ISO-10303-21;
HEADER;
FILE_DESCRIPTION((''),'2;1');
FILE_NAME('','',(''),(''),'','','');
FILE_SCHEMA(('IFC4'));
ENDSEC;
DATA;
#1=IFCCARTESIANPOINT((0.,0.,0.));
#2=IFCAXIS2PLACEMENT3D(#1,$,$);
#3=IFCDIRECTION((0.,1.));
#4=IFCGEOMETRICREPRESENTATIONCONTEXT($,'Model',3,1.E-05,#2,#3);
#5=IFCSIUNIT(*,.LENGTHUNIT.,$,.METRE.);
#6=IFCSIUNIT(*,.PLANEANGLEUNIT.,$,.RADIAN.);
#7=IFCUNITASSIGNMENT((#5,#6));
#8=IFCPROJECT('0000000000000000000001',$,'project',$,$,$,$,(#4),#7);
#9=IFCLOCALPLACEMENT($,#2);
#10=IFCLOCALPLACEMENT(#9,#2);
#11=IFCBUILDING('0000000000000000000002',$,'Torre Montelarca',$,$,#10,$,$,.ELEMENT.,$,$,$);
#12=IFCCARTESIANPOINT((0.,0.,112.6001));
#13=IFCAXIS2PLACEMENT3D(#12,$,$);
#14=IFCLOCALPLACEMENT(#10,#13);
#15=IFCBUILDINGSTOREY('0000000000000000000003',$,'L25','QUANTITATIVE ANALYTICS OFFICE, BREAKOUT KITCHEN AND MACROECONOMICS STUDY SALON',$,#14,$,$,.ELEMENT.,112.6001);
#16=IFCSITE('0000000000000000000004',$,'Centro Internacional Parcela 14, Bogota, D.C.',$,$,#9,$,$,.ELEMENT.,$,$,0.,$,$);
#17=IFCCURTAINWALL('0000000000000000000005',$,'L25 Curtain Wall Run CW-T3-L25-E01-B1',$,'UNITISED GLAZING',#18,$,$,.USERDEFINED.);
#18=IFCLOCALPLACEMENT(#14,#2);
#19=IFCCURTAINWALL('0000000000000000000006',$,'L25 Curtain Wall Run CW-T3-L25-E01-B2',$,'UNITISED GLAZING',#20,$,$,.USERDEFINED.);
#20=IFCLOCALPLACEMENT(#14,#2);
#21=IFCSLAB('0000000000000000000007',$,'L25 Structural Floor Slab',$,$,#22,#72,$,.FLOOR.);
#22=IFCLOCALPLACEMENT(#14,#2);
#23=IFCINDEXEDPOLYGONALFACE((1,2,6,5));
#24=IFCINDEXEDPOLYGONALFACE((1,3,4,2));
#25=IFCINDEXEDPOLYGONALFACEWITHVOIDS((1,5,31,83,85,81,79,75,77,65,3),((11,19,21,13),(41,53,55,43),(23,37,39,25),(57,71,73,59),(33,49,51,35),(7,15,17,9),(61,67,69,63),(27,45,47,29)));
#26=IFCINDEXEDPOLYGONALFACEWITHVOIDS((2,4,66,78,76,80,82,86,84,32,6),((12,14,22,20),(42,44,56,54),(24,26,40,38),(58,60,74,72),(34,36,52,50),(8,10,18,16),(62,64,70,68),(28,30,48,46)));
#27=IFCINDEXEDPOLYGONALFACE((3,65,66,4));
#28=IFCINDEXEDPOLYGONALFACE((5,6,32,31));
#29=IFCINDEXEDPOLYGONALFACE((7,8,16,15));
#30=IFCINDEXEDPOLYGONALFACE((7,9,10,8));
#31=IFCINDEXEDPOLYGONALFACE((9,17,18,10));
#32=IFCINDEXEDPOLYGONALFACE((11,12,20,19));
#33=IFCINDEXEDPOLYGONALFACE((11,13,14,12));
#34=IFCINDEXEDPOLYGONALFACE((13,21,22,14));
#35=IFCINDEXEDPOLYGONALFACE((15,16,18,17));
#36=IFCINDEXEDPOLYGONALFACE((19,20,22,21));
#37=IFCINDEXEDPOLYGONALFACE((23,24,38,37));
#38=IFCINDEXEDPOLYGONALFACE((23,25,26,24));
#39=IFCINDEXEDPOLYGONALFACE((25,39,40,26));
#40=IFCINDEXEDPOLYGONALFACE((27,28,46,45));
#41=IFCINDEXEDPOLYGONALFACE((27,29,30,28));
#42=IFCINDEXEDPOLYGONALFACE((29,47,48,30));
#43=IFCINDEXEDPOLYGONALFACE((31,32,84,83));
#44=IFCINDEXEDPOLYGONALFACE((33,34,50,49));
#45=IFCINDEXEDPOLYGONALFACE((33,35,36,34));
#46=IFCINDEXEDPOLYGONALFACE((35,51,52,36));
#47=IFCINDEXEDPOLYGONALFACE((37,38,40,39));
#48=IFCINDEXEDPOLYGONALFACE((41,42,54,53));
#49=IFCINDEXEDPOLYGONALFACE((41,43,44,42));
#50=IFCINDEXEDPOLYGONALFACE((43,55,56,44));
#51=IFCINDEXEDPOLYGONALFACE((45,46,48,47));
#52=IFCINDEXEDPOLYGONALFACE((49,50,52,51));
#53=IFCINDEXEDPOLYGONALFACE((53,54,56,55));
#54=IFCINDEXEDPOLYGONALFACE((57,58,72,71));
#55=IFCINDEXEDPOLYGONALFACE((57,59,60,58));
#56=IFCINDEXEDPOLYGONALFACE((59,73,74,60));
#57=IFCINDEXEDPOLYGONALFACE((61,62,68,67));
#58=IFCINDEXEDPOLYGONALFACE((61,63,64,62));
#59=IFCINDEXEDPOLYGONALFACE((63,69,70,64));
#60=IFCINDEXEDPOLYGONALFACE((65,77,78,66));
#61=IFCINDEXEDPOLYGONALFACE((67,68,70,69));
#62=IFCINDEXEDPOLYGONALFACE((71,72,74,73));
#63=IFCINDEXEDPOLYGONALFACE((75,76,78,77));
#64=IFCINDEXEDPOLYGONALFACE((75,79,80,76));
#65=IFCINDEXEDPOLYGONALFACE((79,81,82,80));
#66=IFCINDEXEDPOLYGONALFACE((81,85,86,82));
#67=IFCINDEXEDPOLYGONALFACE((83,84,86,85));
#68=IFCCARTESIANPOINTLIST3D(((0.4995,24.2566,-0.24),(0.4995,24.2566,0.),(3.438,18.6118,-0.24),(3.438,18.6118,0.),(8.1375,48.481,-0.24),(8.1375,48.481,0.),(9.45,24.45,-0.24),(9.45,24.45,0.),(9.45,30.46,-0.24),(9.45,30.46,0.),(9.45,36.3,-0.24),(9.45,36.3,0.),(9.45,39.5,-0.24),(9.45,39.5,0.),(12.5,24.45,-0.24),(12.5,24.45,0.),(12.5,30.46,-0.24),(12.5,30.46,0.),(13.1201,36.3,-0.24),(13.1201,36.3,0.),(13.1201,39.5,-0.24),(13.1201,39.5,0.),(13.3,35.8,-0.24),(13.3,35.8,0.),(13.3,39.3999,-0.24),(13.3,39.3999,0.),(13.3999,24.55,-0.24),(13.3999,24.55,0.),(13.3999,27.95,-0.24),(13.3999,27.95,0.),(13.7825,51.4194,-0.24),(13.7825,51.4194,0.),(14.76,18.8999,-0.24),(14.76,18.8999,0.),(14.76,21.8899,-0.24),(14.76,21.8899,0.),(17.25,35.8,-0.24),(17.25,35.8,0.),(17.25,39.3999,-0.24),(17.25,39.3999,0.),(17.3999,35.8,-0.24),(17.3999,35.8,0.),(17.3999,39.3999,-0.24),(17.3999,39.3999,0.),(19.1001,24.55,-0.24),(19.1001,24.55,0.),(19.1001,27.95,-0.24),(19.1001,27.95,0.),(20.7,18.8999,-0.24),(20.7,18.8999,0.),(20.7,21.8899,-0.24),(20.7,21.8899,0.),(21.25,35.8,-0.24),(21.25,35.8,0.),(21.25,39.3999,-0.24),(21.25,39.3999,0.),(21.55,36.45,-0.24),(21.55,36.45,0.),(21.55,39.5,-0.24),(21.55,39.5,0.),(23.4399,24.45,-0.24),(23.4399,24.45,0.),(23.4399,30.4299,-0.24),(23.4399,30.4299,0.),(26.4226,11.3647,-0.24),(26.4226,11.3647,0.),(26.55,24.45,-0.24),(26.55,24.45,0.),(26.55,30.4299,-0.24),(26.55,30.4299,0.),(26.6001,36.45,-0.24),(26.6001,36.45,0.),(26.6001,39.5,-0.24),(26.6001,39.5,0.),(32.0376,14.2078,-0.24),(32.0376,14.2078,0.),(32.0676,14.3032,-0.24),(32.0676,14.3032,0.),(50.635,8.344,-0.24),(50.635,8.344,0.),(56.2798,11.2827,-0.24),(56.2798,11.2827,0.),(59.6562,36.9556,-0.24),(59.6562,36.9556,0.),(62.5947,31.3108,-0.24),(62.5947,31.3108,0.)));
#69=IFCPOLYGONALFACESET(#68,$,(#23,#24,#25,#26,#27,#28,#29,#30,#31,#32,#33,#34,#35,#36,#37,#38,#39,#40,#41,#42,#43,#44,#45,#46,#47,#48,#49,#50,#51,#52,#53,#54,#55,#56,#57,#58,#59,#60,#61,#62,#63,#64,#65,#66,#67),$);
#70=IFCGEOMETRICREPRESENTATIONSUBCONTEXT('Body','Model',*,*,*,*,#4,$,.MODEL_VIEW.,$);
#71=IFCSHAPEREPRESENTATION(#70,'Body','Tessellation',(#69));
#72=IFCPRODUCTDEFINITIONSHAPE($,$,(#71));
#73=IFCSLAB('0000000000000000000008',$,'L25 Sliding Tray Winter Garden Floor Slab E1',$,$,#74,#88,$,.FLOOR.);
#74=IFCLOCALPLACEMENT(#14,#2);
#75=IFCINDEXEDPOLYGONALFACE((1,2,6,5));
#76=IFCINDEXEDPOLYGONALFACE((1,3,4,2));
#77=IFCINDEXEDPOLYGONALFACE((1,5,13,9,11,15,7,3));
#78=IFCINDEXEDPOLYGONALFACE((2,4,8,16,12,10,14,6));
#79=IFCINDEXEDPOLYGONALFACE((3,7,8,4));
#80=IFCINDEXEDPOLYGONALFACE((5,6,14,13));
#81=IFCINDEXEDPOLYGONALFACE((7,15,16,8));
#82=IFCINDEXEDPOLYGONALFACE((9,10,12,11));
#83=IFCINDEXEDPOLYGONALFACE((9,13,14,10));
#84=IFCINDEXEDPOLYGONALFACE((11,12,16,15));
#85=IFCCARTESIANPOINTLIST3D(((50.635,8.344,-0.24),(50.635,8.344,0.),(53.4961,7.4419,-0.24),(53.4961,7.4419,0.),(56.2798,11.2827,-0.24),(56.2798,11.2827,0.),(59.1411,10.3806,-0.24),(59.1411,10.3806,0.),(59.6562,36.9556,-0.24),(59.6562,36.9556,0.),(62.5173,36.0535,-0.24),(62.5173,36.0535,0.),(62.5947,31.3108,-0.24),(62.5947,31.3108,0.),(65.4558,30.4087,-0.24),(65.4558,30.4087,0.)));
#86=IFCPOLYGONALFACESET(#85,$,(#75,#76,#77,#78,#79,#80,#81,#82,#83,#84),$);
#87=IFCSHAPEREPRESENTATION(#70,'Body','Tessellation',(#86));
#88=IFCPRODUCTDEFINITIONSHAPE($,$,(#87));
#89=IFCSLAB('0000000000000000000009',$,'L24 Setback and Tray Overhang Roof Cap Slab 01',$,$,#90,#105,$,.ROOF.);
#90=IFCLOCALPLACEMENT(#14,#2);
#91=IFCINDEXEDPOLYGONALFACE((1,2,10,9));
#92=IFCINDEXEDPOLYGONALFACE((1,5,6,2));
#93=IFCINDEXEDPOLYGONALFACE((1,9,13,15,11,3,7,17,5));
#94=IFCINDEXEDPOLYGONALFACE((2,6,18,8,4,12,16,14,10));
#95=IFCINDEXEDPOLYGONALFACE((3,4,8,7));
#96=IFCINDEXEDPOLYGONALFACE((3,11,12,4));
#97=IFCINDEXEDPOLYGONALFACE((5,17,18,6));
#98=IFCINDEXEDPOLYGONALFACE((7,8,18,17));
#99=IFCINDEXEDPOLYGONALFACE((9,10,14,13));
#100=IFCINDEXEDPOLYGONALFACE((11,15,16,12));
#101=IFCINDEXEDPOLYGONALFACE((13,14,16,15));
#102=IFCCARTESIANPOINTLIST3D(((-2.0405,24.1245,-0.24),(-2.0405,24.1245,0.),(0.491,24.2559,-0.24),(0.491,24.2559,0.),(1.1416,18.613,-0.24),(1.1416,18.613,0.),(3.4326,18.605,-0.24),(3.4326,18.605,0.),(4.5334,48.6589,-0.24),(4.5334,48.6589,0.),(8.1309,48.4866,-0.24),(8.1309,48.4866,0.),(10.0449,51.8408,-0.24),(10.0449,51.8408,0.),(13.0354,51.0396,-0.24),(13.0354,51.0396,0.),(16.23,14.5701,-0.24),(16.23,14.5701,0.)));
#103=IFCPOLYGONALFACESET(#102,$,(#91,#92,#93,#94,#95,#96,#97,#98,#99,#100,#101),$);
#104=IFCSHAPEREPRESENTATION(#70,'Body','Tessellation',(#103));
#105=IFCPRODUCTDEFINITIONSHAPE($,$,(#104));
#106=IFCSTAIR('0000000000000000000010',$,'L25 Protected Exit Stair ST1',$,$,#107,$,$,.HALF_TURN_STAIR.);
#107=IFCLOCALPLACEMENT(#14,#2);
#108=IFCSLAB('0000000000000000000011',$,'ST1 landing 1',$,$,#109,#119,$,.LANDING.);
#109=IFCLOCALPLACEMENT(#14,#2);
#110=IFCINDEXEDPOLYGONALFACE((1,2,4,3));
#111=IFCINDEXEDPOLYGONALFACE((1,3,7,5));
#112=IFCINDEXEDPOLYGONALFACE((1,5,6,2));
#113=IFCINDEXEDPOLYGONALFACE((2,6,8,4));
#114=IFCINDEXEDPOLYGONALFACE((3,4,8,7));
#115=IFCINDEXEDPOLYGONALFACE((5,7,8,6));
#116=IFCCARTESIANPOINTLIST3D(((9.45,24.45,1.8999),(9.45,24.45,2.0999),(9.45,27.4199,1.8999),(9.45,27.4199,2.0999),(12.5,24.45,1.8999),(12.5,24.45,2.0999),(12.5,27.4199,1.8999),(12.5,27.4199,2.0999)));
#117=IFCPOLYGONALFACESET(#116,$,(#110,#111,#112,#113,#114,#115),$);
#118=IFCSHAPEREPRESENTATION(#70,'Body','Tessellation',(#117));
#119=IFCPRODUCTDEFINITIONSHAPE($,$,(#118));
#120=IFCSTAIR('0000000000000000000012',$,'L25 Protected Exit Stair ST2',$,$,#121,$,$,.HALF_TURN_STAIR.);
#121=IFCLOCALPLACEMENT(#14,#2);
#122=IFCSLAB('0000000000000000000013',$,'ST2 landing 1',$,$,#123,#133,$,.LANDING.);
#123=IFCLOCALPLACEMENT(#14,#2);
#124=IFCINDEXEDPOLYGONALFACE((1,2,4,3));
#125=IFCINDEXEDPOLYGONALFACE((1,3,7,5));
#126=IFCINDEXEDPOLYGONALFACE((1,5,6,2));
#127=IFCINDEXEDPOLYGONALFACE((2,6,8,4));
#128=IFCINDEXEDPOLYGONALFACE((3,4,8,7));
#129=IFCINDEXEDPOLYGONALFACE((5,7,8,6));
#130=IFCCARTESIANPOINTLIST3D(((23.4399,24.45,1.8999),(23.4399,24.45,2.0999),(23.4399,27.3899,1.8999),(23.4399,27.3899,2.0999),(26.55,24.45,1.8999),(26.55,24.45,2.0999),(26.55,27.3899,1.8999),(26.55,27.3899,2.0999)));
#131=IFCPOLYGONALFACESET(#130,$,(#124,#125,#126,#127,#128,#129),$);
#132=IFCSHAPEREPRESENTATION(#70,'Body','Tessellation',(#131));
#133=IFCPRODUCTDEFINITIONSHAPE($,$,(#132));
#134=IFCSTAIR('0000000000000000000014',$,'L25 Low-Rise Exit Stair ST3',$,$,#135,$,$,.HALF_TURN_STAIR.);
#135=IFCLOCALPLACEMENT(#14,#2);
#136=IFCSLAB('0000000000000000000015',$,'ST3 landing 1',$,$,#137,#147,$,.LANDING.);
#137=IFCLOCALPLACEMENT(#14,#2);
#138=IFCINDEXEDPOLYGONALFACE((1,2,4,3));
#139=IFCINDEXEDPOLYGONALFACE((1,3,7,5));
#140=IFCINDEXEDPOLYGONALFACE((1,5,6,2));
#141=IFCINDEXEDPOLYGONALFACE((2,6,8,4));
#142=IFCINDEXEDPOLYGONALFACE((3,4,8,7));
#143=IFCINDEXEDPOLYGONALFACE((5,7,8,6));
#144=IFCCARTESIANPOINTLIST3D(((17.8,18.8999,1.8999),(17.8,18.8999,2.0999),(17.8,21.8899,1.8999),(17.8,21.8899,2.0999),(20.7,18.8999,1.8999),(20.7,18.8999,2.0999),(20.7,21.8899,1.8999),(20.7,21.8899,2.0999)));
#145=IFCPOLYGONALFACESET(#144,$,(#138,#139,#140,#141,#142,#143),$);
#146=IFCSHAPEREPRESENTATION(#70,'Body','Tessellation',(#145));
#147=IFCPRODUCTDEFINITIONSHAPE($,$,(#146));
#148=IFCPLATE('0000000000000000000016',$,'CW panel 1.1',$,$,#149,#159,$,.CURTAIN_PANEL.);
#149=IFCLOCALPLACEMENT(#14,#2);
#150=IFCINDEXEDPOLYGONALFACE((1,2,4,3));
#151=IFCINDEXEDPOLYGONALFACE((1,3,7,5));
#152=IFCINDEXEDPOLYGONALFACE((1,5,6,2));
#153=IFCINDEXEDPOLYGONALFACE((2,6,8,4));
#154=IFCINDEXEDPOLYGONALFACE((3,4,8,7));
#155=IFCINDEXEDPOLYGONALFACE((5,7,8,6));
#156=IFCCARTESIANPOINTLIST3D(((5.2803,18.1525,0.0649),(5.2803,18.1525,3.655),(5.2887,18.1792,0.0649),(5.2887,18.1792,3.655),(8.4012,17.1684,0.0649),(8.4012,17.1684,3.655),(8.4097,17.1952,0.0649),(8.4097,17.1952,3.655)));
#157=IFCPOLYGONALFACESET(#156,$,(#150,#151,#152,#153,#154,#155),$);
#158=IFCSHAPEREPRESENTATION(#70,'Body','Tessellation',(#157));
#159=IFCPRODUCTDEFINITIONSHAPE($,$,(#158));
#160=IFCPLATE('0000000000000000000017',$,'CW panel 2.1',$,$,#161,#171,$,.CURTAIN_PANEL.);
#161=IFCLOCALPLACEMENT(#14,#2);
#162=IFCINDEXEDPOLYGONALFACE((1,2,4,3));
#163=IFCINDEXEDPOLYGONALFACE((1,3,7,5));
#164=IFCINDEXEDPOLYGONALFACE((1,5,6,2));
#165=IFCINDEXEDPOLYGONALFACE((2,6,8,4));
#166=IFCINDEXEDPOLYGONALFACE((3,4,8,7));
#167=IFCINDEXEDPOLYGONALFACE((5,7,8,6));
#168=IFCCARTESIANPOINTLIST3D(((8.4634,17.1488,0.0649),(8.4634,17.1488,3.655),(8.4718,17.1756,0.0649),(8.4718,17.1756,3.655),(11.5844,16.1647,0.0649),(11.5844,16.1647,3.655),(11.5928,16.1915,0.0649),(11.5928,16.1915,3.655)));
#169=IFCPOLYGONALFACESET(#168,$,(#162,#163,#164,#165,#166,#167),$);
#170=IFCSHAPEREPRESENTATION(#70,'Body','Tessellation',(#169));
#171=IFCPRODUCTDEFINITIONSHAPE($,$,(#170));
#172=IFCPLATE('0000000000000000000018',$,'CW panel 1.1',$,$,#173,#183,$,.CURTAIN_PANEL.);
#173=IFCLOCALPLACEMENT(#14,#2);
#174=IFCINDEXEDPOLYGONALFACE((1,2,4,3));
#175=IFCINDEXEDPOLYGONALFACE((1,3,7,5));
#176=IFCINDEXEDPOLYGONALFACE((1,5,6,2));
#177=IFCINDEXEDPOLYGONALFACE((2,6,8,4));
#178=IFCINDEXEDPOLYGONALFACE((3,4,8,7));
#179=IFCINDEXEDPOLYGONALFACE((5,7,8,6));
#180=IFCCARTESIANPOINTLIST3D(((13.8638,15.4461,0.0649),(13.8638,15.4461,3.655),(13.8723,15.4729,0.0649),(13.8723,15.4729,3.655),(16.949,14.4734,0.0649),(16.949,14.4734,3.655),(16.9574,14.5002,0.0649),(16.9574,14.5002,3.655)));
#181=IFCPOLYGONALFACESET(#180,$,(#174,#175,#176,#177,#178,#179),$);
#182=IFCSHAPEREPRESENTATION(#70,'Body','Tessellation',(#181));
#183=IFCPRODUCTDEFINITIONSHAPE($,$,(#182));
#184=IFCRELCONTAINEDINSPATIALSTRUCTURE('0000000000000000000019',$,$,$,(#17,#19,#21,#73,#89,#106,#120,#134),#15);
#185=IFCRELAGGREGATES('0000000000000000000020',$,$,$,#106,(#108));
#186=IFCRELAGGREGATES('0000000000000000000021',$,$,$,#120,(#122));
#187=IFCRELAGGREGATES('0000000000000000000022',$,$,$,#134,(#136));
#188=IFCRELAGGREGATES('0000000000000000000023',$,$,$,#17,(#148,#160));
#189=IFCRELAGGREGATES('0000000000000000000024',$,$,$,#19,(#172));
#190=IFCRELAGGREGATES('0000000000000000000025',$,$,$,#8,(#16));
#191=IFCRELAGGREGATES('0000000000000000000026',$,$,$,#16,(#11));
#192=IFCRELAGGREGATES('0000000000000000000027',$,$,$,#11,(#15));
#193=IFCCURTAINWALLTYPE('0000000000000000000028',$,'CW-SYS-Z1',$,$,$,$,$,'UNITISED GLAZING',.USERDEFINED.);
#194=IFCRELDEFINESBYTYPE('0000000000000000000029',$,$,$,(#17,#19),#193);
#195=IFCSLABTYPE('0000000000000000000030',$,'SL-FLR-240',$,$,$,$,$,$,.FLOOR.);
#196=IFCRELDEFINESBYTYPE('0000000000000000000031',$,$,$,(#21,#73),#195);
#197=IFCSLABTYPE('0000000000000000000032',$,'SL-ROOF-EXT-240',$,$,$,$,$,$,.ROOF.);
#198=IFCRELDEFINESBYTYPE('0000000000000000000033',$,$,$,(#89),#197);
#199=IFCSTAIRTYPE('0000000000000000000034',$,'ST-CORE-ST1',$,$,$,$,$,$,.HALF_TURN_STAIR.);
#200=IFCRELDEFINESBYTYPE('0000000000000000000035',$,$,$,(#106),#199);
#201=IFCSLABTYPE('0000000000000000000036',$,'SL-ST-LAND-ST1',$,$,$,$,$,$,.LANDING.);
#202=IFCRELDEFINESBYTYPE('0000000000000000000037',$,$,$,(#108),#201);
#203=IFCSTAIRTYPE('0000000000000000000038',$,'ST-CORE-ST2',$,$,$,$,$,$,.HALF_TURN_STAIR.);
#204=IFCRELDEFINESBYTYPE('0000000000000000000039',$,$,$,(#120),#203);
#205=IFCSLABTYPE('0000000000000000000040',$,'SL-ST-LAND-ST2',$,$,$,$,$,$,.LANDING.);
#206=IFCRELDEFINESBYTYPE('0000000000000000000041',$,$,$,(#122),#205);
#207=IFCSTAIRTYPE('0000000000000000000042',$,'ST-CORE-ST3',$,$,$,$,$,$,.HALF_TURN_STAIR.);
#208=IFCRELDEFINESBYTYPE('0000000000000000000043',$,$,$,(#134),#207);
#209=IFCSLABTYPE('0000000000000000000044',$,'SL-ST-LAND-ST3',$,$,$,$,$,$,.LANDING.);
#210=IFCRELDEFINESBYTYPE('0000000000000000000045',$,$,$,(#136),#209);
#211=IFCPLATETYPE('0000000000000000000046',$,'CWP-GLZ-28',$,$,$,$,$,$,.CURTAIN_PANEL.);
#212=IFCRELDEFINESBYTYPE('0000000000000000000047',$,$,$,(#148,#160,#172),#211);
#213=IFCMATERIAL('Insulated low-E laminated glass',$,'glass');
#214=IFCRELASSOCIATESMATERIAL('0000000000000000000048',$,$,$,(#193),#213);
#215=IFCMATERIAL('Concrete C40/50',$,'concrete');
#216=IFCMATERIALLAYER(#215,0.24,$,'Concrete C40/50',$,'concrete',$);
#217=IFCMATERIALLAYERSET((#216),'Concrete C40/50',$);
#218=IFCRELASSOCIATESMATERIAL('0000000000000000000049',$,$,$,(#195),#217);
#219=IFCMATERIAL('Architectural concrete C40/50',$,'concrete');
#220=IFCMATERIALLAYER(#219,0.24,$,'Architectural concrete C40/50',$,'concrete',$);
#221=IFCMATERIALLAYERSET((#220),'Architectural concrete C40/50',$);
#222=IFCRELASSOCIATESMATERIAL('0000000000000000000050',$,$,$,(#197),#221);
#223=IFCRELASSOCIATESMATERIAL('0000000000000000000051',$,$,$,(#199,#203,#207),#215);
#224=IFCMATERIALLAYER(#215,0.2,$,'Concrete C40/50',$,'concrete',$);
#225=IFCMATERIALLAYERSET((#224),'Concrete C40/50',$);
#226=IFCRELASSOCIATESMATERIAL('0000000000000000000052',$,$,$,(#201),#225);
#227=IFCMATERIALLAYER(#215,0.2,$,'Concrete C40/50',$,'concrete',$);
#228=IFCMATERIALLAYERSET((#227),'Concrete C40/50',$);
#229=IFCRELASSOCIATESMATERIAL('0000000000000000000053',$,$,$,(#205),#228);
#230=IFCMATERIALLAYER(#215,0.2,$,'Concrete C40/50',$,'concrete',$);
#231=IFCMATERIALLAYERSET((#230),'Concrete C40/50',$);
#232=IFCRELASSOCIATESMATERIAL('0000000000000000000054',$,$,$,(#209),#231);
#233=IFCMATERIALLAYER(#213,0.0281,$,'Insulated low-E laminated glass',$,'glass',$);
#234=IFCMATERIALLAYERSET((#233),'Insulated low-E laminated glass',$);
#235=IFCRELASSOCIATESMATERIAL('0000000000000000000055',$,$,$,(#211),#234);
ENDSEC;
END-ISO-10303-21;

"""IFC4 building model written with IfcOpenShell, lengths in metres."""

from ifc_helpers import new_model, si_unit, direction, frame, origin, origin_2d, place, context, subcontext, project, spatial, polyline, rectangle, outline, extrude, source, transform, mapped, material, layer, layer_set, type_object, element, aggregate, save


model = new_model("IFC4")

# Units and contexts
model_context = context("Model", 3, precision=1e-05, world=origin(), true_north=direction((0.0, 1.0)))
body_context = subcontext(model_context, "Body", "Model", "MODEL_VIEW")
ifc_project = project(units=[si_unit("LENGTHUNIT", "METRE"), si_unit("PLANEANGLEUNIT", "RADIAN")], contexts=[model_context])

# Site, building, storey
site_placement = place(None, origin())
site = spatial("IfcSite", under=ifc_project, at=site_placement, Name="Centro Internacional Parcela 14, Bogota, D.C.", CompositionType="ELEMENT", RefElevation=0.0)
building_placement = place(site_placement, origin())
building = spatial("IfcBuilding", under=site, at=building_placement, Name="Torre Montelarca", CompositionType="ELEMENT")
storey_placement = place(building_placement, frame((0.0, 0.0, 112.6001)))
storey = spatial("IfcBuildingStorey", under=building, at=storey_placement, Name="L25", Description="QUANTITATIVE ANALYTICS OFFICE, BREAKOUT KITCHEN AND MACROECONOMICS STUDY SALON", CompositionType="ELEMENT", Elevation=112.6001)

# Curtain walls
ifc_material_1 = material(Name="Insulated low-E laminated glass", Category="glass")
curtain_wall_type = type_object("IfcCurtainWallType", Name="CW-SYS-Z1", ElementType="UNITISED GLAZING", PredefinedType="USERDEFINED", material=ifc_material_1)
curtain_wall_1_placement = place(storey_placement, origin())
curtain_wall_1 = element("IfcCurtainWall", 1, at=curtain_wall_1_placement, inside=storey, type_object=curtain_wall_type, Name="L25 Curtain Wall Run CW-T3-L25-E01-B1", ObjectType="UNITISED GLAZING", PredefinedType="USERDEFINED")
curtain_wall_2_placement = place(storey_placement, origin())
curtain_wall_2 = element("IfcCurtainWall", 2, at=curtain_wall_2_placement, inside=storey, type_object=curtain_wall_type, Name="L25 Curtain Wall Run CW-T3-L25-E01-B2", ObjectType="UNITISED GLAZING", PredefinedType="USERDEFINED")

# Slabs
ifc_material_2 = material(Name="Concrete C40/50", Category="concrete")
ifc_layer_1 = layer(ifc_material_2, 0.24, Name="Concrete C40/50", Category="concrete")
ifc_layer_set_1 = layer_set([ifc_layer_1], Name="Concrete C40/50")
slab_type_1 = type_object("IfcSlabType", Name="SL-FLR-240", PredefinedType="FLOOR", material=ifc_layer_set_1)
slab_1_placement = place(storey_placement, frame((0.0, 0.0, -0.24)))
element("IfcSlab", 3, at=slab_1_placement, inside=storey, type_object=slab_type_1, Name="L25 Structural Floor Slab", PredefinedType="FLOOR", context=body_context, shape_type="SweptSolid", body=[
    extrude(outline(polyline([(26.4226, 11.3647), (32.0676, 14.3032), (32.0376, 14.2078), (50.635, 8.344), (56.2798, 11.2827), (62.5947, 31.3108), (59.6562, 36.9556), (13.7825, 51.4194), (8.1375, 48.481), (0.4995, 24.2566), (3.438, 18.6118), (26.4226, 11.3647)]), holes=[polyline([(20.7, 18.8999), (14.76, 18.8999), (14.76, 21.8899), (20.7, 21.8899), (20.7, 18.8999)]), polyline([(19.1001, 24.55), (13.3999, 24.55), (13.3999, 27.95), (19.1001, 27.95), (19.1001, 24.55)]), polyline([(23.4399, 24.45), (23.4399, 30.4299), (26.55, 30.4299), (26.55, 24.45), (23.4399, 24.45)]), polyline([(9.45, 24.45), (9.45, 30.46), (12.5, 30.46), (12.5, 24.45), (9.45, 24.45)]), polyline([(17.25, 35.8), (13.3, 35.8), (13.3, 39.3999), (17.25, 39.3999), (17.25, 35.8)]), polyline([(21.25, 35.8), (17.3999, 35.8), (17.3999, 39.3999), (21.25, 39.3999), (21.25, 35.8)]), polyline([(13.1201, 36.3), (9.45, 36.3), (9.45, 39.5), (13.1201, 39.5), (13.1201, 36.3)]), polyline([(26.6001, 36.45), (21.55, 36.45), (21.55, 39.5), (26.6001, 39.5), (26.6001, 36.45)])]), origin(), (0.0, 0.0, 1.0), 0.24),
])
slab_2_placement = place(storey_placement, frame((0.0, 0.0, -0.24)))
element("IfcSlab", 4, at=slab_2_placement, inside=storey, type_object=slab_type_1, Name="L25 Sliding Tray Winter Garden Floor Slab E1", PredefinedType="FLOOR", context=body_context, shape_type="SweptSolid", body=[
    extrude(outline(polyline([(59.6562, 36.9556), (62.5947, 31.3108), (56.2798, 11.2827), (50.635, 8.344), (53.4961, 7.4419), (59.1411, 10.3806), (65.4558, 30.4087), (62.5173, 36.0535), (59.6562, 36.9556)])), origin(), (0.0, 0.0, 1.0), 0.24),
])
ifc_material_3 = material(Name="Architectural concrete C40/50", Category="concrete")
ifc_layer_2 = layer(ifc_material_3, 0.24, Name="Architectural concrete C40/50", Category="concrete")
ifc_layer_set_2 = layer_set([ifc_layer_2], Name="Architectural concrete C40/50")
slab_type_2 = type_object("IfcSlabType", Name="SL-ROOF-EXT-240", PredefinedType="ROOF", material=ifc_layer_set_2)
slab_3_placement = place(storey_placement, frame((0.0, 0.0, -0.24)))
element("IfcSlab", 5, at=slab_3_placement, inside=storey, type_object=slab_type_2, Name="L24 Setback and Tray Overhang Roof Cap Slab 01", PredefinedType="ROOF", context=body_context, shape_type="SweptSolid", body=[
    extrude(outline(polyline([(3.4326, 18.605), (0.491, 24.2559), (8.1309, 48.4866), (13.0354, 51.0396), (10.0449, 51.8408), (4.5334, 48.6589), (-2.0405, 24.1245), (1.1416, 18.613), (16.23, 14.5701), (3.4326, 18.605)])), origin(), (0.0, 0.0, 1.0), 0.24),
])

# Stairs, slabs
stair_type_1 = type_object("IfcStairType", Name="ST-CORE-ST1", PredefinedType="HALF_TURN_STAIR", material=ifc_material_2)
stair_1_placement = place(storey_placement, origin())
stair_1 = element("IfcStair", 6, at=stair_1_placement, inside=storey, type_object=stair_type_1, Name="L25 Protected Exit Stair ST1", PredefinedType="HALF_TURN_STAIR")
ifc_layer_3 = layer(ifc_material_2, 0.2, Name="Concrete C40/50", Category="concrete")
ifc_layer_set_3 = layer_set([ifc_layer_3], Name="Concrete C40/50")
slab_type_3 = type_object("IfcSlabType", Name="SL-ST-LAND-ST1", PredefinedType="LANDING", material=ifc_layer_set_3)
slab_4_placement = place(storey_placement, frame((0.0, 0.0, 1.8999)))
slab_4 = element("IfcSlab", 7, at=slab_4_placement, type_object=slab_type_3, Name="ST1 landing 1", PredefinedType="LANDING", context=body_context, shape_type="SweptSolid", body=[
    extrude(outline(polyline([(9.45, 27.4199), (9.45, 24.45), (12.5, 24.45), (12.5, 27.4199), (9.45, 27.4199)])), origin(), (0.0, 0.0, 1.0), 0.2),
])
aggregate(stair_1, [slab_4])
stair_type_2 = type_object("IfcStairType", Name="ST-CORE-ST2", PredefinedType="HALF_TURN_STAIR", material=ifc_material_2)
stair_2_placement = place(storey_placement, origin())
stair_2 = element("IfcStair", 8, at=stair_2_placement, inside=storey, type_object=stair_type_2, Name="L25 Protected Exit Stair ST2", PredefinedType="HALF_TURN_STAIR")
ifc_layer_4 = layer(ifc_material_2, 0.2, Name="Concrete C40/50", Category="concrete")
ifc_layer_set_4 = layer_set([ifc_layer_4], Name="Concrete C40/50")
slab_type_4 = type_object("IfcSlabType", Name="SL-ST-LAND-ST2", PredefinedType="LANDING", material=ifc_layer_set_4)
slab_5_placement = place(storey_placement, frame((0.0, 0.0, 1.8999)))
slab_5 = element("IfcSlab", 9, at=slab_5_placement, type_object=slab_type_4, Name="ST2 landing 1", PredefinedType="LANDING", context=body_context, shape_type="SweptSolid", body=[
    extrude(outline(polyline([(23.4399, 27.3899), (23.4399, 24.45), (26.55, 24.45), (26.55, 27.3899), (23.4399, 27.3899)])), origin(), (0.0, 0.0, 1.0), 0.2),
])
aggregate(stair_2, [slab_5])
stair_type_3 = type_object("IfcStairType", Name="ST-CORE-ST3", PredefinedType="HALF_TURN_STAIR", material=ifc_material_2)
stair_3_placement = place(storey_placement, origin())
stair_3 = element("IfcStair", 10, at=stair_3_placement, inside=storey, type_object=stair_type_3, Name="L25 Low-Rise Exit Stair ST3", PredefinedType="HALF_TURN_STAIR")
ifc_layer_5 = layer(ifc_material_2, 0.2, Name="Concrete C40/50", Category="concrete")
ifc_layer_set_5 = layer_set([ifc_layer_5], Name="Concrete C40/50")
slab_type_5 = type_object("IfcSlabType", Name="SL-ST-LAND-ST3", PredefinedType="LANDING", material=ifc_layer_set_5)
slab_6_placement = place(storey_placement, frame((0.0, 0.0, 1.8999)))
slab_6 = element("IfcSlab", 11, at=slab_6_placement, type_object=slab_type_5, Name="ST3 landing 1", PredefinedType="LANDING", context=body_context, shape_type="SweptSolid", body=[
    extrude(outline(polyline([(17.8, 18.8999), (20.7, 18.8999), (20.7, 21.8899), (17.8, 21.8899), (17.8, 18.8999)])), origin(), (0.0, 0.0, 1.0), 0.2),
])
aggregate(stair_3, [slab_6])

# Plates
ifc_layer_6 = layer(ifc_material_1, 0.0281, Name="Insulated low-E laminated glass", Category="glass")
ifc_layer_set_6 = layer_set([ifc_layer_6], Name="Insulated low-E laminated glass")
plate_type = type_object("IfcPlateType", Name="CWP-GLZ-28", PredefinedType="CURTAIN_PANEL", material=ifc_layer_set_6)
shared_shape_1 = source(origin(), body_context, "Body", "SweptSolid", [
    extrude(rectangle(XDim=3.2725, YDim=0.0281, at=origin_2d()), origin(), (0.0, 0.0, 1.0), 3.5901),
])
plate_1_placement = place(storey_placement, frame((6.845, 17.6738, 0.0649), z_axis=(0.0, 0.0, 1.0), x_axis=(0.953716, -0.30071, 0.0)))
plate_1 = element("IfcPlate", 12, at=plate_1_placement, type_object=plate_type, Name="CW panel 1.1", PredefinedType="CURTAIN_PANEL", context=body_context, shape_type="MappedRepresentation", body=[
    mapped(shared_shape_1, transform((0.0, 0.0, 0.0), scale=1.0)),
])
plate_2_placement = place(storey_placement, frame((10.0281, 16.6702, 0.0649), z_axis=(0.0, 0.0, 1.0), x_axis=(0.953716, -0.30071, 0.0)))
plate_2 = element("IfcPlate", 13, at=plate_2_placement, type_object=plate_type, Name="CW panel 2.1", PredefinedType="CURTAIN_PANEL", context=body_context, shape_type="MappedRepresentation", body=[
    mapped(shared_shape_1, transform((0.0, 0.0, 0.0), scale=1.0)),
])
aggregate(curtain_wall_1, [plate_1, plate_2])
shared_shape_2 = source(origin(), body_context, "Body", "SweptSolid", [
    extrude(rectangle(XDim=3.2349, YDim=0.0281, at=origin_2d()), origin(), (0.0, 0.0, 1.0), 3.5901),
])
plate_3_placement = place(storey_placement, frame((15.4106, 14.9731, 0.0649), z_axis=(0.0, 0.0, 1.0), x_axis=(0.953721, -0.300693, 0.0)))
plate_3 = element("IfcPlate", 14, at=plate_3_placement, type_object=plate_type, Name="CW panel 1.1", PredefinedType="CURTAIN_PANEL", context=body_context, shape_type="MappedRepresentation", body=[
    mapped(shared_shape_2, transform((0.0, 0.0, 0.0), scale=1.0)),
])
aggregate(curtain_wall_2, [plate_3])

save(model, "model.ifc")
